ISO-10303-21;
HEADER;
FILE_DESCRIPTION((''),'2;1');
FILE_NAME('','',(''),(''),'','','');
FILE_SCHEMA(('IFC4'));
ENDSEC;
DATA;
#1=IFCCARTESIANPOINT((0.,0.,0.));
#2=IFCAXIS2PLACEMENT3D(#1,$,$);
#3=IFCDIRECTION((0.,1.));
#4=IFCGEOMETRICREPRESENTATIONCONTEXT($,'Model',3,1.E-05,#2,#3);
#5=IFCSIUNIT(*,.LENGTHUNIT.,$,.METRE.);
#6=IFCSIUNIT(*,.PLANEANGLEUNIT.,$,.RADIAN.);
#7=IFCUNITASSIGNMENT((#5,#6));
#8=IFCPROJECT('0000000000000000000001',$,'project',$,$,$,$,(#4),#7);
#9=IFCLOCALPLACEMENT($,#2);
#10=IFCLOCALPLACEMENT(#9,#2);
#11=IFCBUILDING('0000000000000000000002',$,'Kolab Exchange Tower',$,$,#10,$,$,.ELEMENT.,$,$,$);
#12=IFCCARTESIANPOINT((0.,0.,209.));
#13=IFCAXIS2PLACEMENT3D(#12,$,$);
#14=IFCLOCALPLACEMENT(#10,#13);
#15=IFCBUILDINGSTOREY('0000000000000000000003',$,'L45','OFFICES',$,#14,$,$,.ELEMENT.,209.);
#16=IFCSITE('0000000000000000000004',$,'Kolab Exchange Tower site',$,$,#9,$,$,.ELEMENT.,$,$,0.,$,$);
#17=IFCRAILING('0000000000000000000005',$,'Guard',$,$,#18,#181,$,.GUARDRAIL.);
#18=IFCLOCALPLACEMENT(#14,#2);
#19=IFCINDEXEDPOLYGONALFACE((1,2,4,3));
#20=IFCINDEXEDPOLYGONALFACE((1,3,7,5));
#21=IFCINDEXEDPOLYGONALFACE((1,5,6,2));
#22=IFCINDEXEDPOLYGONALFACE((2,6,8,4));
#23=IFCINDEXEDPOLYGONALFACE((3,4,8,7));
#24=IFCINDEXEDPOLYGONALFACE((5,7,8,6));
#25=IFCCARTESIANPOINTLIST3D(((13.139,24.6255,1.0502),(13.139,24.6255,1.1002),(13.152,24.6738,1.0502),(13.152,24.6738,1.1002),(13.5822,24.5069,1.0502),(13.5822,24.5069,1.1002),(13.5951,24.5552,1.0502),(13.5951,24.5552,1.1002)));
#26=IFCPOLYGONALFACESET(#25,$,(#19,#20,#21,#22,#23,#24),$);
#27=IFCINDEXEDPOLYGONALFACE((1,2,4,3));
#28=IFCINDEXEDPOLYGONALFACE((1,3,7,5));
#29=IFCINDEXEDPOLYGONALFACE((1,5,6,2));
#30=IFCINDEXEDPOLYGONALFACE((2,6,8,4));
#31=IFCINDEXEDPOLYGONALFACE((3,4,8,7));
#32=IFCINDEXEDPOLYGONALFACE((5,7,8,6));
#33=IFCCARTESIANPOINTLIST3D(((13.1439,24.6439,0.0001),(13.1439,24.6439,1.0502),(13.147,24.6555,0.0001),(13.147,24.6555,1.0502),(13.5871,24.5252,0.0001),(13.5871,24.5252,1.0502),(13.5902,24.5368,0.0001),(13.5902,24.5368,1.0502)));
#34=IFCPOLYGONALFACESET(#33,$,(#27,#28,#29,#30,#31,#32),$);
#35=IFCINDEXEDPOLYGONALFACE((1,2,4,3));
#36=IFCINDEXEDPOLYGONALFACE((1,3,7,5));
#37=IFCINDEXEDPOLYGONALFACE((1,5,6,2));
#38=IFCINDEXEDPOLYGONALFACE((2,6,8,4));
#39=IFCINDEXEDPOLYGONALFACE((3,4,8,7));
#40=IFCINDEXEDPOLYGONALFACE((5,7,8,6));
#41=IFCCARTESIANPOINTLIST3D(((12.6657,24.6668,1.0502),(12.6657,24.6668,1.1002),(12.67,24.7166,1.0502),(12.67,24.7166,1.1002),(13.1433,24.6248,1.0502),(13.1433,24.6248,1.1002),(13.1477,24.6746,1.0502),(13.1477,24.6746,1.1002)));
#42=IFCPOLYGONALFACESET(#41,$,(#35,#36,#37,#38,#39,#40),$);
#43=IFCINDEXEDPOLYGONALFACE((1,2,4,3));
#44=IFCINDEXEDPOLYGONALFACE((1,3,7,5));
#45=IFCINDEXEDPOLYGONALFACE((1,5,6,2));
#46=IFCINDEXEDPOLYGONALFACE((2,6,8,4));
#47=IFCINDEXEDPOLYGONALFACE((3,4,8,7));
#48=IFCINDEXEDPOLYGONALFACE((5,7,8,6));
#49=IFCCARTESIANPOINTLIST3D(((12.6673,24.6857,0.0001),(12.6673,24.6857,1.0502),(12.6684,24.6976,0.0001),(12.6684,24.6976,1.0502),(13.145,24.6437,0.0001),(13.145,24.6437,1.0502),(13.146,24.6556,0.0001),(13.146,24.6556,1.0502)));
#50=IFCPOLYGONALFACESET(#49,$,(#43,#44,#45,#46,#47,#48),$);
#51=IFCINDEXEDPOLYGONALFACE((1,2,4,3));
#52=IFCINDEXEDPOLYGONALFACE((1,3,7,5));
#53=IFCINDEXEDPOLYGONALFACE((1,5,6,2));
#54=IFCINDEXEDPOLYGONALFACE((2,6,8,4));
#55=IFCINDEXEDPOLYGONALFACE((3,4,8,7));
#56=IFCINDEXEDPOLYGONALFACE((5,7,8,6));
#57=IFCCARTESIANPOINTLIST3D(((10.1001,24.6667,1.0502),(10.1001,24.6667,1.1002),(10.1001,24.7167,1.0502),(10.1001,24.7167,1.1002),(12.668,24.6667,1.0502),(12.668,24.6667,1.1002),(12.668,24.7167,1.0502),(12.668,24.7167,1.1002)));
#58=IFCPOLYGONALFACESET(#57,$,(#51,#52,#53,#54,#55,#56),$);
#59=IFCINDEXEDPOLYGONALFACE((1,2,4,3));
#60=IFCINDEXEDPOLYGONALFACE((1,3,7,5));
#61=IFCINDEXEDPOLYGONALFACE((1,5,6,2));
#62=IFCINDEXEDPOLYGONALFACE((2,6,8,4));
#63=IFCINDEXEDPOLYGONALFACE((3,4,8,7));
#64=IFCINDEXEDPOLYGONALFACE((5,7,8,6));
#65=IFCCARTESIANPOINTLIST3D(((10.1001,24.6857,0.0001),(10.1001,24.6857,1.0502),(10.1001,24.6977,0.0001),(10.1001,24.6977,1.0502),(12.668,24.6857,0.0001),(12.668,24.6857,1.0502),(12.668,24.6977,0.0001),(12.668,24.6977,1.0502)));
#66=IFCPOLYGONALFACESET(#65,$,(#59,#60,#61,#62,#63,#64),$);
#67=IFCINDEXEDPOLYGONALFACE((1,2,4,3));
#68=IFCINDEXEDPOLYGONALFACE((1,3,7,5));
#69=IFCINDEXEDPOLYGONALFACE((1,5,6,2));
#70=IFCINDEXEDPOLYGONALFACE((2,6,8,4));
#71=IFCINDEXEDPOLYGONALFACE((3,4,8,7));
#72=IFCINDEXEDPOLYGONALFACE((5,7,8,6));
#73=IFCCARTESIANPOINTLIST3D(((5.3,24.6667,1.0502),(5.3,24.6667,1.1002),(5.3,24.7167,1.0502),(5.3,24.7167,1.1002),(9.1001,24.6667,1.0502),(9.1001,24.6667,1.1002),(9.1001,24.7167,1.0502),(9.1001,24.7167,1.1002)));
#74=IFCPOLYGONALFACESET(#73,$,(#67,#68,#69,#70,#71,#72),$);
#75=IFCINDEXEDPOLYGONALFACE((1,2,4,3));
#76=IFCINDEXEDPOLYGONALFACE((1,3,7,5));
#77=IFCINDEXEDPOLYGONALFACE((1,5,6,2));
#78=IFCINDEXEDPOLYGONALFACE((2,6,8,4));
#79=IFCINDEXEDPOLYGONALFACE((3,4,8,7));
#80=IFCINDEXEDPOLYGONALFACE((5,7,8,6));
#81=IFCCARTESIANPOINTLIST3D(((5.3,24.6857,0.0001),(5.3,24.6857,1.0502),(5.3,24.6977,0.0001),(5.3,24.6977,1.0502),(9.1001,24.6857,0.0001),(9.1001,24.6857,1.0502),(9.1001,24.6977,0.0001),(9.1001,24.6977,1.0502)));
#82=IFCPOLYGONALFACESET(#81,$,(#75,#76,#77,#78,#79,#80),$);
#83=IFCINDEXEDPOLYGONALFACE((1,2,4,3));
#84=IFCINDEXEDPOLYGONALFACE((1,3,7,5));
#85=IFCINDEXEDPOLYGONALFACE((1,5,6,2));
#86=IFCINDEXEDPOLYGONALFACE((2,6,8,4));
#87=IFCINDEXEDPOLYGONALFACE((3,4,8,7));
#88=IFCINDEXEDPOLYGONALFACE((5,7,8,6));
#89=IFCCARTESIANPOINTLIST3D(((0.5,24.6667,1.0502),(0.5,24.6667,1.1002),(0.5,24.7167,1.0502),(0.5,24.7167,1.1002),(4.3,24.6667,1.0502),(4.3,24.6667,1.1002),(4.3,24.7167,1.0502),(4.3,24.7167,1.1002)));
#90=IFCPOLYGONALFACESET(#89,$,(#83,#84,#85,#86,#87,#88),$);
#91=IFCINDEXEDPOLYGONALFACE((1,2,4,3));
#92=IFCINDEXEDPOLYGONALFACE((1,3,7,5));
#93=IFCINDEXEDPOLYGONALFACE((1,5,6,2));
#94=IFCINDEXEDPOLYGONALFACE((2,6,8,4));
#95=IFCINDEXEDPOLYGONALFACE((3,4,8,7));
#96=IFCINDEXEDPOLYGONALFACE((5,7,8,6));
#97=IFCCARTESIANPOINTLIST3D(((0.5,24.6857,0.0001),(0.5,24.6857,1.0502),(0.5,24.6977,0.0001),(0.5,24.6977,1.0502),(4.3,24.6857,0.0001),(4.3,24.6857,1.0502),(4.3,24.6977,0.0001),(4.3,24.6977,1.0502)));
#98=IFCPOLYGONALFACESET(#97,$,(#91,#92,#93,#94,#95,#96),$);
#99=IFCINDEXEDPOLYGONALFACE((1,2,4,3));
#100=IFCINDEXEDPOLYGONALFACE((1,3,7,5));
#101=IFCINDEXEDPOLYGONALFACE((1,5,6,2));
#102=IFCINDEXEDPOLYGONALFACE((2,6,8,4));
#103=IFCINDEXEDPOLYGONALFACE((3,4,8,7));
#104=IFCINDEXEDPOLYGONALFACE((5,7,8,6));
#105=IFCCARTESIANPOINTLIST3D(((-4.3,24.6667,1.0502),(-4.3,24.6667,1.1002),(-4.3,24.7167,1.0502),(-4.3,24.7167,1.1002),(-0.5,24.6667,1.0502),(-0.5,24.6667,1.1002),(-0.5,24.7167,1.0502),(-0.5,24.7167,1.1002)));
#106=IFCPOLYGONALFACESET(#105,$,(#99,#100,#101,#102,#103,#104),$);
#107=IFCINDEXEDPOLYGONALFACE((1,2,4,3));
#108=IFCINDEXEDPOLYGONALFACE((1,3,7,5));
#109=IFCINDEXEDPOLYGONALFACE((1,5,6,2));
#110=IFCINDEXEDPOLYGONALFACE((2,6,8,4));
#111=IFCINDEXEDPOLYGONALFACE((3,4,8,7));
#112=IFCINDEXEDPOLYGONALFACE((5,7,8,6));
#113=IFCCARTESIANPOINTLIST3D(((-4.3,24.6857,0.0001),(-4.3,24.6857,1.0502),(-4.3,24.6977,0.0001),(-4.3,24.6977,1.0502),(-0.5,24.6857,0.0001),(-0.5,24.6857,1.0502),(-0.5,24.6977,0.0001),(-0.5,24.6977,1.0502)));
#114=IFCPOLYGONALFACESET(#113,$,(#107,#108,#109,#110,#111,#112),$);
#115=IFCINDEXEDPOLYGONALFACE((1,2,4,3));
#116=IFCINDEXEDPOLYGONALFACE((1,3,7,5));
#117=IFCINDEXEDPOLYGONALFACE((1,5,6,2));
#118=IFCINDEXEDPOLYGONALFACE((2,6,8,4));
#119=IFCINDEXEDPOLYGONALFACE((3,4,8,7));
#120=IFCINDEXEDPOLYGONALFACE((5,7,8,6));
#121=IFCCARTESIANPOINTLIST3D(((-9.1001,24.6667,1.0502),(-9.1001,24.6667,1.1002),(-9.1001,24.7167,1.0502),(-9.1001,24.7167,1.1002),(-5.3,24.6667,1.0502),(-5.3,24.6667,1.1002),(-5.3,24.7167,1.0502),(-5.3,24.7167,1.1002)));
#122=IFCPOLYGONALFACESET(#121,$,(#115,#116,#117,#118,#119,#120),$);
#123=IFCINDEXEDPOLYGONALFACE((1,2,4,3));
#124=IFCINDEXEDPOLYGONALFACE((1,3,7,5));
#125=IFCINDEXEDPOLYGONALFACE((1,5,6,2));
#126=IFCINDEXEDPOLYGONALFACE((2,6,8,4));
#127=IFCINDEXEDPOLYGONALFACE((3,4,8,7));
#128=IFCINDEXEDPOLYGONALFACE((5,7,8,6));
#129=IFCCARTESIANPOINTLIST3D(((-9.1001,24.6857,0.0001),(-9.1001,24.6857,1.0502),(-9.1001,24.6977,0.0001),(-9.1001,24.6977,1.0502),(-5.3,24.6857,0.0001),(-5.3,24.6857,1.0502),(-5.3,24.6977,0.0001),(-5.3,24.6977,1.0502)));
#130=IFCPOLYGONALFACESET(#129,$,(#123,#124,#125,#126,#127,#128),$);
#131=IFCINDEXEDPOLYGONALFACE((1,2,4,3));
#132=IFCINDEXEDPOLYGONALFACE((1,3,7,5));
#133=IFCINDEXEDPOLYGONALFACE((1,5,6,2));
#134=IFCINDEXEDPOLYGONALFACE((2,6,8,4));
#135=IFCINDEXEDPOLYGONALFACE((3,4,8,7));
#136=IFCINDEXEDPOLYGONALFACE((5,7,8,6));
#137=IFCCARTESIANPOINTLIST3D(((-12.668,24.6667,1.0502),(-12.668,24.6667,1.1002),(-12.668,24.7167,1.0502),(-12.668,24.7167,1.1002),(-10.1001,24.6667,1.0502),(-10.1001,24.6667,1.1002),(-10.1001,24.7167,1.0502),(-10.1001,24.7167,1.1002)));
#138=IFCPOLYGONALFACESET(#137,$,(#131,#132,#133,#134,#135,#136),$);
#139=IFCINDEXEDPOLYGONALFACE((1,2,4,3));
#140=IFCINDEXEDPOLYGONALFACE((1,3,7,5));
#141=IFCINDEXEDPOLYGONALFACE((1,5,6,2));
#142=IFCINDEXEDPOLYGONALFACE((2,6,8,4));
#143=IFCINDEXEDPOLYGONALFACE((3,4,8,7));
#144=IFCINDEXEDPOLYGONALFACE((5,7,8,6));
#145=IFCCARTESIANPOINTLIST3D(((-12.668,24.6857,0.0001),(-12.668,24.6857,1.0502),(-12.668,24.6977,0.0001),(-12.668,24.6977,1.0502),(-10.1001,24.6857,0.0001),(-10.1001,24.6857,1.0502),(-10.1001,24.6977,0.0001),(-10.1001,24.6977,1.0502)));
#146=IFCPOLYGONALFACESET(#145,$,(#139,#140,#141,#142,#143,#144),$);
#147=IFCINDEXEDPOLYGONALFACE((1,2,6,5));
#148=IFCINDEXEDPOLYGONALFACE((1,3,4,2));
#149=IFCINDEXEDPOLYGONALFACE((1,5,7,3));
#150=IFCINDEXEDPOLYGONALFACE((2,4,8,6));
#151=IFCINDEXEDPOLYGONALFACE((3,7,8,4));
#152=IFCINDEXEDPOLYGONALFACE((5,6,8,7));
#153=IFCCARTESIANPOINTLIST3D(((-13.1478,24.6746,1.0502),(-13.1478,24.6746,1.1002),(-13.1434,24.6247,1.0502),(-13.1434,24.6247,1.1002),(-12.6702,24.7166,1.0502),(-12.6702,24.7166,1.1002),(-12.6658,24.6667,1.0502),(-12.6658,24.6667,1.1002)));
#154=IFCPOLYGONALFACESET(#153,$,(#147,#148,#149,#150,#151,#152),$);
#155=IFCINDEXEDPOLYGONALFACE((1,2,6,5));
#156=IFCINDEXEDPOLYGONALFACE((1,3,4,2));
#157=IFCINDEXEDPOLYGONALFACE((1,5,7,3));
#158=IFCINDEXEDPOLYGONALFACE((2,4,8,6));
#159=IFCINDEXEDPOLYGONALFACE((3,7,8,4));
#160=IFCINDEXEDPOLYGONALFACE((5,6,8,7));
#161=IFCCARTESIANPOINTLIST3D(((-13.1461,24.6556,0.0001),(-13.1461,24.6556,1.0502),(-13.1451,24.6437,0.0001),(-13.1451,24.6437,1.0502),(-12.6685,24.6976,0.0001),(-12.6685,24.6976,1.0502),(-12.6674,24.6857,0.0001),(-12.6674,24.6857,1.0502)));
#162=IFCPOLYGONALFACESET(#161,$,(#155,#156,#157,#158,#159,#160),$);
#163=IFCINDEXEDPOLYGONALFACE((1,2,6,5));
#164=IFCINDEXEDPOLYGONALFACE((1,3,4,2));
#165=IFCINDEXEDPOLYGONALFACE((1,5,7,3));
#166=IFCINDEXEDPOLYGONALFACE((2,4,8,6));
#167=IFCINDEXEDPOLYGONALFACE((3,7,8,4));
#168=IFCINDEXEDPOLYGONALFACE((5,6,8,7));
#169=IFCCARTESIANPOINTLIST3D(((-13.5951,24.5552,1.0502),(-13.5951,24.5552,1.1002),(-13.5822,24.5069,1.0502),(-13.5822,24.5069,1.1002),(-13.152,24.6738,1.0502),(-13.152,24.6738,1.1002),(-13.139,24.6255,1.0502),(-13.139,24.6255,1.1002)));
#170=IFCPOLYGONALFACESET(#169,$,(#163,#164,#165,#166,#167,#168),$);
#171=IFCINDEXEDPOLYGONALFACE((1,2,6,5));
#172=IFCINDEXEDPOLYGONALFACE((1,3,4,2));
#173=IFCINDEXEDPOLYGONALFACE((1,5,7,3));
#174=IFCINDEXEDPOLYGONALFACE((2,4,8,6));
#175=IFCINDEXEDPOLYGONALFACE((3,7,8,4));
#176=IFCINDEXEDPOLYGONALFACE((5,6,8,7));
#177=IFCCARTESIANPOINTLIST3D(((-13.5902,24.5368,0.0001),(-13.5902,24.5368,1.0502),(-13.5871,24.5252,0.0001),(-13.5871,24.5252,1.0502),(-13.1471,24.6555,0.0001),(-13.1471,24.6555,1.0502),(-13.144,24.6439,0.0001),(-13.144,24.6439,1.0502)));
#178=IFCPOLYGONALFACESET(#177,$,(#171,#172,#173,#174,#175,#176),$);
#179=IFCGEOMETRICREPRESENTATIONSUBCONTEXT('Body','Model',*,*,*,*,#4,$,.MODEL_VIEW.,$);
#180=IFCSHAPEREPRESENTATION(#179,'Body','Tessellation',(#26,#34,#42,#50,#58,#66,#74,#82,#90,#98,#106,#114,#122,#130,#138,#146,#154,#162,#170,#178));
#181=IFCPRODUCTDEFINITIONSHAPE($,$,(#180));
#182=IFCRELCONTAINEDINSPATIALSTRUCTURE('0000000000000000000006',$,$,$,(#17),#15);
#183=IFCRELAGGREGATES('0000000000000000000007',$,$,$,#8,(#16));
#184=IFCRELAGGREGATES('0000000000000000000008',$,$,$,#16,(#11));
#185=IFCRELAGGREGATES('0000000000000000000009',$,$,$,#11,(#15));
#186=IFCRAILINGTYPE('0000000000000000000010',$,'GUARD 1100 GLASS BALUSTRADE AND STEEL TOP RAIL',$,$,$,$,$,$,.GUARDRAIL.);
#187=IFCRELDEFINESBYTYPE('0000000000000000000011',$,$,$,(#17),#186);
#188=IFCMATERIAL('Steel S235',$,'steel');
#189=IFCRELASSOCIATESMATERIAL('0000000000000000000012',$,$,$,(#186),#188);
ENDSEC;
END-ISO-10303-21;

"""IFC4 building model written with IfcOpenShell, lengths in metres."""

from ifc_helpers import new_model, si_unit, direction, frame, frame_2d, origin, origin_2d, place, context, subcontext, project, spatial, rectangle, extrude, material, type_object, element, save


model = new_model("IFC4")

# Units and contexts
model_context = context("Model", 3, precision=1e-05, world=origin(), true_north=direction((0.0, 1.0)))
body_context = subcontext(model_context, "Body", "Model", "MODEL_VIEW")
ifc_project = project(units=[si_unit("LENGTHUNIT", "METRE"), si_unit("PLANEANGLEUNIT", "RADIAN")], contexts=[model_context])

# Site, building, storey
site_placement = place(None, origin())
site = spatial("IfcSite", under=ifc_project, at=site_placement, Name="Kolab Exchange Tower site", CompositionType="ELEMENT", RefElevation=0.0)
building_placement = place(site_placement, origin())
building = spatial("IfcBuilding", under=site, at=building_placement, Name="Kolab Exchange Tower", CompositionType="ELEMENT")
storey_placement = place(building_placement, frame((0.0, 0.0, 209.0)))
storey = spatial("IfcBuildingStorey", under=building, at=storey_placement, Name="L45", Description="OFFICES", CompositionType="ELEMENT", Elevation=209.0)

# Railing
ifc_material_1 = material(Name="Steel S235", Category="steel")
railing_type = type_object("IfcRailingType", Name="GUARD 1100 GLASS BALUSTRADE AND STEEL TOP RAIL", PredefinedType="GUARDRAIL", material=ifc_material_1)
railing_placement = place(storey_placement, frame((13.5886, 24.531, 0.0)))
element("IfcRailing", 1, at=railing_placement, inside=storey, type_object=railing_type, Name="Guard", PredefinedType="GUARDRAIL", context=body_context, shape_type="SweptSolid", body=[
    extrude(rectangle(XDim=0.05, YDim=0.05, at=origin_2d()), frame((0.0, 0.0, 1.0752), z_axis=(-0.965969, 0.258656, 0.0), x_axis=(-0.258656, -0.965969, 0.0)), (0.0, 0.0, 1.0), 0.4587),
    extrude(rectangle(XDim=0.012, YDim=1.0501, at=frame_2d((0.0, 0.5251))), frame((0.0, 0.0, 0.0), z_axis=(-0.965969, 0.258656, 0.0), x_axis=(-0.258656, -0.965969, 0.0)), (0.0, 0.0, 1.0), 0.4587),
    extrude(rectangle(XDim=0.05, YDim=0.05, at=origin_2d()), frame((-0.4431, 0.1187, 1.0752), z_axis=(-0.996156, 0.087597, 0.0), x_axis=(-0.087597, -0.996156, 0.0)), (0.0, 0.0, 1.0), 0.4795),
    extrude(rectangle(XDim=0.012, YDim=1.0501, at=frame_2d((0.0, 0.5251))), frame((-0.4431, 0.1187, 0.0), z_axis=(-0.996156, 0.087597, 0.0), x_axis=(-0.087597, -0.996156, 0.0)), (0.0, 0.0, 1.0), 0.4795),
    extrude(rectangle(XDim=0.05, YDim=0.05, at=origin_2d()), frame((-0.9207, 0.1606, 1.0752), z_axis=(-1.0, 0.0, 0.0), x_axis=(0.0, -1.0, 0.0)), (0.0, 0.0, 1.0), 2.5679),
    extrude(rectangle(XDim=0.012, YDim=1.0501, at=frame_2d((0.0, 0.5251))), frame((-0.9207, 0.1606, 0.0), z_axis=(-1.0, 0.0, 0.0), x_axis=(0.0, -1.0, 0.0)), (0.0, 0.0, 1.0), 2.5679),
    extrude(rectangle(XDim=0.05, YDim=0.05, at=origin_2d()), frame((-4.4885, 0.1606, 1.0752), z_axis=(-1.0, 0.0, 0.0), x_axis=(0.0, -1.0, 0.0)), (0.0, 0.0, 1.0), 3.8),
    extrude(rectangle(XDim=0.012, YDim=1.0501, at=frame_2d((0.0, 0.5251))), frame((-4.4885, 0.1606, 0.0), z_axis=(-1.0, 0.0, 0.0), x_axis=(0.0, -1.0, 0.0)), (0.0, 0.0, 1.0), 3.8),
    extrude(rectangle(XDim=0.05, YDim=0.05, at=origin_2d()), frame((-9.2886, 0.1606, 1.0752), z_axis=(-1.0, 0.0, 0.0), x_axis=(0.0, -1.0, 0.0)), (0.0, 0.0, 1.0), 3.8),
    extrude(rectangle(XDim=0.012, YDim=1.0501, at=frame_2d((0.0, 0.5251))), frame((-9.2886, 0.1606, 0.0), z_axis=(-1.0, 0.0, 0.0), x_axis=(0.0, -1.0, 0.0)), (0.0, 0.0, 1.0), 3.8),
    extrude(rectangle(XDim=0.05, YDim=0.05, at=origin_2d()), frame((-14.0886, 0.1606, 1.0752), z_axis=(-1.0, 0.0, 0.0), x_axis=(0.0, -1.0, 0.0)), (0.0, 0.0, 1.0), 3.8),
    extrude(rectangle(XDim=0.012, YDim=1.0501, at=frame_2d((0.0, 0.5251))), frame((-14.0886, 0.1606, 0.0), z_axis=(-1.0, 0.0, 0.0), x_axis=(0.0, -1.0, 0.0)), (0.0, 0.0, 1.0), 3.8),
    extrude(rectangle(XDim=0.05, YDim=0.05, at=origin_2d()), frame((-18.8887, 0.1606, 1.0752), z_axis=(-1.0, 0.0, 0.0), x_axis=(0.0, -1.0, 0.0)), (0.0, 0.0, 1.0), 3.8),
    extrude(rectangle(XDim=0.012, YDim=1.0501, at=frame_2d((0.0, 0.5251))), frame((-18.8887, 0.1606, 0.0), z_axis=(-1.0, 0.0, 0.0), x_axis=(0.0, -1.0, 0.0)), (0.0, 0.0, 1.0), 3.8),
    extrude(rectangle(XDim=0.05, YDim=0.05, at=origin_2d()), frame((-23.6887, 0.1606, 1.0752), z_axis=(-1.0, 0.0, 0.0), x_axis=(0.0, -1.0, 0.0)), (0.0, 0.0, 1.0), 2.5679),
    extrude(rectangle(XDim=0.012, YDim=1.0501, at=frame_2d((0.0, 0.5251))), frame((-23.6887, 0.1606, 0.0), z_axis=(-1.0, 0.0, 0.0), x_axis=(0.0, -1.0, 0.0)), (0.0, 0.0, 1.0), 2.5679),
    extrude(rectangle(XDim=0.05, YDim=0.05, at=origin_2d()), frame((-26.2566, 0.1606, 1.0752), z_axis=(-0.996156, -0.087597, 0.0), x_axis=(0.087597, -0.996156, 0.0)), (0.0, 0.0, 1.0), 0.4795),
    extrude(rectangle(XDim=0.012, YDim=1.0501, at=frame_2d((0.0, 0.5251))), frame((-26.2566, 0.1606, 0.0), z_axis=(-0.996156, -0.087597, 0.0), x_axis=(0.087597, -0.996156, 0.0)), (0.0, 0.0, 1.0), 0.4795),
    extrude(rectangle(XDim=0.05, YDim=0.05, at=origin_2d()), frame((-26.7341, 0.1187, 1.0752), z_axis=(-0.965969, -0.258656, 0.0), x_axis=(0.258656, -0.965969, 0.0)), (0.0, 0.0, 1.0), 0.4587),
    extrude(rectangle(XDim=0.012, YDim=1.0501, at=frame_2d((0.0, 0.5251))), frame((-26.7341, 0.1187, 0.0), z_axis=(-0.965969, -0.258656, 0.0), x_axis=(0.258656, -0.965969, 0.0)), (0.0, 0.0, 1.0), 0.4587),
])

save(model, "model.ifc")
